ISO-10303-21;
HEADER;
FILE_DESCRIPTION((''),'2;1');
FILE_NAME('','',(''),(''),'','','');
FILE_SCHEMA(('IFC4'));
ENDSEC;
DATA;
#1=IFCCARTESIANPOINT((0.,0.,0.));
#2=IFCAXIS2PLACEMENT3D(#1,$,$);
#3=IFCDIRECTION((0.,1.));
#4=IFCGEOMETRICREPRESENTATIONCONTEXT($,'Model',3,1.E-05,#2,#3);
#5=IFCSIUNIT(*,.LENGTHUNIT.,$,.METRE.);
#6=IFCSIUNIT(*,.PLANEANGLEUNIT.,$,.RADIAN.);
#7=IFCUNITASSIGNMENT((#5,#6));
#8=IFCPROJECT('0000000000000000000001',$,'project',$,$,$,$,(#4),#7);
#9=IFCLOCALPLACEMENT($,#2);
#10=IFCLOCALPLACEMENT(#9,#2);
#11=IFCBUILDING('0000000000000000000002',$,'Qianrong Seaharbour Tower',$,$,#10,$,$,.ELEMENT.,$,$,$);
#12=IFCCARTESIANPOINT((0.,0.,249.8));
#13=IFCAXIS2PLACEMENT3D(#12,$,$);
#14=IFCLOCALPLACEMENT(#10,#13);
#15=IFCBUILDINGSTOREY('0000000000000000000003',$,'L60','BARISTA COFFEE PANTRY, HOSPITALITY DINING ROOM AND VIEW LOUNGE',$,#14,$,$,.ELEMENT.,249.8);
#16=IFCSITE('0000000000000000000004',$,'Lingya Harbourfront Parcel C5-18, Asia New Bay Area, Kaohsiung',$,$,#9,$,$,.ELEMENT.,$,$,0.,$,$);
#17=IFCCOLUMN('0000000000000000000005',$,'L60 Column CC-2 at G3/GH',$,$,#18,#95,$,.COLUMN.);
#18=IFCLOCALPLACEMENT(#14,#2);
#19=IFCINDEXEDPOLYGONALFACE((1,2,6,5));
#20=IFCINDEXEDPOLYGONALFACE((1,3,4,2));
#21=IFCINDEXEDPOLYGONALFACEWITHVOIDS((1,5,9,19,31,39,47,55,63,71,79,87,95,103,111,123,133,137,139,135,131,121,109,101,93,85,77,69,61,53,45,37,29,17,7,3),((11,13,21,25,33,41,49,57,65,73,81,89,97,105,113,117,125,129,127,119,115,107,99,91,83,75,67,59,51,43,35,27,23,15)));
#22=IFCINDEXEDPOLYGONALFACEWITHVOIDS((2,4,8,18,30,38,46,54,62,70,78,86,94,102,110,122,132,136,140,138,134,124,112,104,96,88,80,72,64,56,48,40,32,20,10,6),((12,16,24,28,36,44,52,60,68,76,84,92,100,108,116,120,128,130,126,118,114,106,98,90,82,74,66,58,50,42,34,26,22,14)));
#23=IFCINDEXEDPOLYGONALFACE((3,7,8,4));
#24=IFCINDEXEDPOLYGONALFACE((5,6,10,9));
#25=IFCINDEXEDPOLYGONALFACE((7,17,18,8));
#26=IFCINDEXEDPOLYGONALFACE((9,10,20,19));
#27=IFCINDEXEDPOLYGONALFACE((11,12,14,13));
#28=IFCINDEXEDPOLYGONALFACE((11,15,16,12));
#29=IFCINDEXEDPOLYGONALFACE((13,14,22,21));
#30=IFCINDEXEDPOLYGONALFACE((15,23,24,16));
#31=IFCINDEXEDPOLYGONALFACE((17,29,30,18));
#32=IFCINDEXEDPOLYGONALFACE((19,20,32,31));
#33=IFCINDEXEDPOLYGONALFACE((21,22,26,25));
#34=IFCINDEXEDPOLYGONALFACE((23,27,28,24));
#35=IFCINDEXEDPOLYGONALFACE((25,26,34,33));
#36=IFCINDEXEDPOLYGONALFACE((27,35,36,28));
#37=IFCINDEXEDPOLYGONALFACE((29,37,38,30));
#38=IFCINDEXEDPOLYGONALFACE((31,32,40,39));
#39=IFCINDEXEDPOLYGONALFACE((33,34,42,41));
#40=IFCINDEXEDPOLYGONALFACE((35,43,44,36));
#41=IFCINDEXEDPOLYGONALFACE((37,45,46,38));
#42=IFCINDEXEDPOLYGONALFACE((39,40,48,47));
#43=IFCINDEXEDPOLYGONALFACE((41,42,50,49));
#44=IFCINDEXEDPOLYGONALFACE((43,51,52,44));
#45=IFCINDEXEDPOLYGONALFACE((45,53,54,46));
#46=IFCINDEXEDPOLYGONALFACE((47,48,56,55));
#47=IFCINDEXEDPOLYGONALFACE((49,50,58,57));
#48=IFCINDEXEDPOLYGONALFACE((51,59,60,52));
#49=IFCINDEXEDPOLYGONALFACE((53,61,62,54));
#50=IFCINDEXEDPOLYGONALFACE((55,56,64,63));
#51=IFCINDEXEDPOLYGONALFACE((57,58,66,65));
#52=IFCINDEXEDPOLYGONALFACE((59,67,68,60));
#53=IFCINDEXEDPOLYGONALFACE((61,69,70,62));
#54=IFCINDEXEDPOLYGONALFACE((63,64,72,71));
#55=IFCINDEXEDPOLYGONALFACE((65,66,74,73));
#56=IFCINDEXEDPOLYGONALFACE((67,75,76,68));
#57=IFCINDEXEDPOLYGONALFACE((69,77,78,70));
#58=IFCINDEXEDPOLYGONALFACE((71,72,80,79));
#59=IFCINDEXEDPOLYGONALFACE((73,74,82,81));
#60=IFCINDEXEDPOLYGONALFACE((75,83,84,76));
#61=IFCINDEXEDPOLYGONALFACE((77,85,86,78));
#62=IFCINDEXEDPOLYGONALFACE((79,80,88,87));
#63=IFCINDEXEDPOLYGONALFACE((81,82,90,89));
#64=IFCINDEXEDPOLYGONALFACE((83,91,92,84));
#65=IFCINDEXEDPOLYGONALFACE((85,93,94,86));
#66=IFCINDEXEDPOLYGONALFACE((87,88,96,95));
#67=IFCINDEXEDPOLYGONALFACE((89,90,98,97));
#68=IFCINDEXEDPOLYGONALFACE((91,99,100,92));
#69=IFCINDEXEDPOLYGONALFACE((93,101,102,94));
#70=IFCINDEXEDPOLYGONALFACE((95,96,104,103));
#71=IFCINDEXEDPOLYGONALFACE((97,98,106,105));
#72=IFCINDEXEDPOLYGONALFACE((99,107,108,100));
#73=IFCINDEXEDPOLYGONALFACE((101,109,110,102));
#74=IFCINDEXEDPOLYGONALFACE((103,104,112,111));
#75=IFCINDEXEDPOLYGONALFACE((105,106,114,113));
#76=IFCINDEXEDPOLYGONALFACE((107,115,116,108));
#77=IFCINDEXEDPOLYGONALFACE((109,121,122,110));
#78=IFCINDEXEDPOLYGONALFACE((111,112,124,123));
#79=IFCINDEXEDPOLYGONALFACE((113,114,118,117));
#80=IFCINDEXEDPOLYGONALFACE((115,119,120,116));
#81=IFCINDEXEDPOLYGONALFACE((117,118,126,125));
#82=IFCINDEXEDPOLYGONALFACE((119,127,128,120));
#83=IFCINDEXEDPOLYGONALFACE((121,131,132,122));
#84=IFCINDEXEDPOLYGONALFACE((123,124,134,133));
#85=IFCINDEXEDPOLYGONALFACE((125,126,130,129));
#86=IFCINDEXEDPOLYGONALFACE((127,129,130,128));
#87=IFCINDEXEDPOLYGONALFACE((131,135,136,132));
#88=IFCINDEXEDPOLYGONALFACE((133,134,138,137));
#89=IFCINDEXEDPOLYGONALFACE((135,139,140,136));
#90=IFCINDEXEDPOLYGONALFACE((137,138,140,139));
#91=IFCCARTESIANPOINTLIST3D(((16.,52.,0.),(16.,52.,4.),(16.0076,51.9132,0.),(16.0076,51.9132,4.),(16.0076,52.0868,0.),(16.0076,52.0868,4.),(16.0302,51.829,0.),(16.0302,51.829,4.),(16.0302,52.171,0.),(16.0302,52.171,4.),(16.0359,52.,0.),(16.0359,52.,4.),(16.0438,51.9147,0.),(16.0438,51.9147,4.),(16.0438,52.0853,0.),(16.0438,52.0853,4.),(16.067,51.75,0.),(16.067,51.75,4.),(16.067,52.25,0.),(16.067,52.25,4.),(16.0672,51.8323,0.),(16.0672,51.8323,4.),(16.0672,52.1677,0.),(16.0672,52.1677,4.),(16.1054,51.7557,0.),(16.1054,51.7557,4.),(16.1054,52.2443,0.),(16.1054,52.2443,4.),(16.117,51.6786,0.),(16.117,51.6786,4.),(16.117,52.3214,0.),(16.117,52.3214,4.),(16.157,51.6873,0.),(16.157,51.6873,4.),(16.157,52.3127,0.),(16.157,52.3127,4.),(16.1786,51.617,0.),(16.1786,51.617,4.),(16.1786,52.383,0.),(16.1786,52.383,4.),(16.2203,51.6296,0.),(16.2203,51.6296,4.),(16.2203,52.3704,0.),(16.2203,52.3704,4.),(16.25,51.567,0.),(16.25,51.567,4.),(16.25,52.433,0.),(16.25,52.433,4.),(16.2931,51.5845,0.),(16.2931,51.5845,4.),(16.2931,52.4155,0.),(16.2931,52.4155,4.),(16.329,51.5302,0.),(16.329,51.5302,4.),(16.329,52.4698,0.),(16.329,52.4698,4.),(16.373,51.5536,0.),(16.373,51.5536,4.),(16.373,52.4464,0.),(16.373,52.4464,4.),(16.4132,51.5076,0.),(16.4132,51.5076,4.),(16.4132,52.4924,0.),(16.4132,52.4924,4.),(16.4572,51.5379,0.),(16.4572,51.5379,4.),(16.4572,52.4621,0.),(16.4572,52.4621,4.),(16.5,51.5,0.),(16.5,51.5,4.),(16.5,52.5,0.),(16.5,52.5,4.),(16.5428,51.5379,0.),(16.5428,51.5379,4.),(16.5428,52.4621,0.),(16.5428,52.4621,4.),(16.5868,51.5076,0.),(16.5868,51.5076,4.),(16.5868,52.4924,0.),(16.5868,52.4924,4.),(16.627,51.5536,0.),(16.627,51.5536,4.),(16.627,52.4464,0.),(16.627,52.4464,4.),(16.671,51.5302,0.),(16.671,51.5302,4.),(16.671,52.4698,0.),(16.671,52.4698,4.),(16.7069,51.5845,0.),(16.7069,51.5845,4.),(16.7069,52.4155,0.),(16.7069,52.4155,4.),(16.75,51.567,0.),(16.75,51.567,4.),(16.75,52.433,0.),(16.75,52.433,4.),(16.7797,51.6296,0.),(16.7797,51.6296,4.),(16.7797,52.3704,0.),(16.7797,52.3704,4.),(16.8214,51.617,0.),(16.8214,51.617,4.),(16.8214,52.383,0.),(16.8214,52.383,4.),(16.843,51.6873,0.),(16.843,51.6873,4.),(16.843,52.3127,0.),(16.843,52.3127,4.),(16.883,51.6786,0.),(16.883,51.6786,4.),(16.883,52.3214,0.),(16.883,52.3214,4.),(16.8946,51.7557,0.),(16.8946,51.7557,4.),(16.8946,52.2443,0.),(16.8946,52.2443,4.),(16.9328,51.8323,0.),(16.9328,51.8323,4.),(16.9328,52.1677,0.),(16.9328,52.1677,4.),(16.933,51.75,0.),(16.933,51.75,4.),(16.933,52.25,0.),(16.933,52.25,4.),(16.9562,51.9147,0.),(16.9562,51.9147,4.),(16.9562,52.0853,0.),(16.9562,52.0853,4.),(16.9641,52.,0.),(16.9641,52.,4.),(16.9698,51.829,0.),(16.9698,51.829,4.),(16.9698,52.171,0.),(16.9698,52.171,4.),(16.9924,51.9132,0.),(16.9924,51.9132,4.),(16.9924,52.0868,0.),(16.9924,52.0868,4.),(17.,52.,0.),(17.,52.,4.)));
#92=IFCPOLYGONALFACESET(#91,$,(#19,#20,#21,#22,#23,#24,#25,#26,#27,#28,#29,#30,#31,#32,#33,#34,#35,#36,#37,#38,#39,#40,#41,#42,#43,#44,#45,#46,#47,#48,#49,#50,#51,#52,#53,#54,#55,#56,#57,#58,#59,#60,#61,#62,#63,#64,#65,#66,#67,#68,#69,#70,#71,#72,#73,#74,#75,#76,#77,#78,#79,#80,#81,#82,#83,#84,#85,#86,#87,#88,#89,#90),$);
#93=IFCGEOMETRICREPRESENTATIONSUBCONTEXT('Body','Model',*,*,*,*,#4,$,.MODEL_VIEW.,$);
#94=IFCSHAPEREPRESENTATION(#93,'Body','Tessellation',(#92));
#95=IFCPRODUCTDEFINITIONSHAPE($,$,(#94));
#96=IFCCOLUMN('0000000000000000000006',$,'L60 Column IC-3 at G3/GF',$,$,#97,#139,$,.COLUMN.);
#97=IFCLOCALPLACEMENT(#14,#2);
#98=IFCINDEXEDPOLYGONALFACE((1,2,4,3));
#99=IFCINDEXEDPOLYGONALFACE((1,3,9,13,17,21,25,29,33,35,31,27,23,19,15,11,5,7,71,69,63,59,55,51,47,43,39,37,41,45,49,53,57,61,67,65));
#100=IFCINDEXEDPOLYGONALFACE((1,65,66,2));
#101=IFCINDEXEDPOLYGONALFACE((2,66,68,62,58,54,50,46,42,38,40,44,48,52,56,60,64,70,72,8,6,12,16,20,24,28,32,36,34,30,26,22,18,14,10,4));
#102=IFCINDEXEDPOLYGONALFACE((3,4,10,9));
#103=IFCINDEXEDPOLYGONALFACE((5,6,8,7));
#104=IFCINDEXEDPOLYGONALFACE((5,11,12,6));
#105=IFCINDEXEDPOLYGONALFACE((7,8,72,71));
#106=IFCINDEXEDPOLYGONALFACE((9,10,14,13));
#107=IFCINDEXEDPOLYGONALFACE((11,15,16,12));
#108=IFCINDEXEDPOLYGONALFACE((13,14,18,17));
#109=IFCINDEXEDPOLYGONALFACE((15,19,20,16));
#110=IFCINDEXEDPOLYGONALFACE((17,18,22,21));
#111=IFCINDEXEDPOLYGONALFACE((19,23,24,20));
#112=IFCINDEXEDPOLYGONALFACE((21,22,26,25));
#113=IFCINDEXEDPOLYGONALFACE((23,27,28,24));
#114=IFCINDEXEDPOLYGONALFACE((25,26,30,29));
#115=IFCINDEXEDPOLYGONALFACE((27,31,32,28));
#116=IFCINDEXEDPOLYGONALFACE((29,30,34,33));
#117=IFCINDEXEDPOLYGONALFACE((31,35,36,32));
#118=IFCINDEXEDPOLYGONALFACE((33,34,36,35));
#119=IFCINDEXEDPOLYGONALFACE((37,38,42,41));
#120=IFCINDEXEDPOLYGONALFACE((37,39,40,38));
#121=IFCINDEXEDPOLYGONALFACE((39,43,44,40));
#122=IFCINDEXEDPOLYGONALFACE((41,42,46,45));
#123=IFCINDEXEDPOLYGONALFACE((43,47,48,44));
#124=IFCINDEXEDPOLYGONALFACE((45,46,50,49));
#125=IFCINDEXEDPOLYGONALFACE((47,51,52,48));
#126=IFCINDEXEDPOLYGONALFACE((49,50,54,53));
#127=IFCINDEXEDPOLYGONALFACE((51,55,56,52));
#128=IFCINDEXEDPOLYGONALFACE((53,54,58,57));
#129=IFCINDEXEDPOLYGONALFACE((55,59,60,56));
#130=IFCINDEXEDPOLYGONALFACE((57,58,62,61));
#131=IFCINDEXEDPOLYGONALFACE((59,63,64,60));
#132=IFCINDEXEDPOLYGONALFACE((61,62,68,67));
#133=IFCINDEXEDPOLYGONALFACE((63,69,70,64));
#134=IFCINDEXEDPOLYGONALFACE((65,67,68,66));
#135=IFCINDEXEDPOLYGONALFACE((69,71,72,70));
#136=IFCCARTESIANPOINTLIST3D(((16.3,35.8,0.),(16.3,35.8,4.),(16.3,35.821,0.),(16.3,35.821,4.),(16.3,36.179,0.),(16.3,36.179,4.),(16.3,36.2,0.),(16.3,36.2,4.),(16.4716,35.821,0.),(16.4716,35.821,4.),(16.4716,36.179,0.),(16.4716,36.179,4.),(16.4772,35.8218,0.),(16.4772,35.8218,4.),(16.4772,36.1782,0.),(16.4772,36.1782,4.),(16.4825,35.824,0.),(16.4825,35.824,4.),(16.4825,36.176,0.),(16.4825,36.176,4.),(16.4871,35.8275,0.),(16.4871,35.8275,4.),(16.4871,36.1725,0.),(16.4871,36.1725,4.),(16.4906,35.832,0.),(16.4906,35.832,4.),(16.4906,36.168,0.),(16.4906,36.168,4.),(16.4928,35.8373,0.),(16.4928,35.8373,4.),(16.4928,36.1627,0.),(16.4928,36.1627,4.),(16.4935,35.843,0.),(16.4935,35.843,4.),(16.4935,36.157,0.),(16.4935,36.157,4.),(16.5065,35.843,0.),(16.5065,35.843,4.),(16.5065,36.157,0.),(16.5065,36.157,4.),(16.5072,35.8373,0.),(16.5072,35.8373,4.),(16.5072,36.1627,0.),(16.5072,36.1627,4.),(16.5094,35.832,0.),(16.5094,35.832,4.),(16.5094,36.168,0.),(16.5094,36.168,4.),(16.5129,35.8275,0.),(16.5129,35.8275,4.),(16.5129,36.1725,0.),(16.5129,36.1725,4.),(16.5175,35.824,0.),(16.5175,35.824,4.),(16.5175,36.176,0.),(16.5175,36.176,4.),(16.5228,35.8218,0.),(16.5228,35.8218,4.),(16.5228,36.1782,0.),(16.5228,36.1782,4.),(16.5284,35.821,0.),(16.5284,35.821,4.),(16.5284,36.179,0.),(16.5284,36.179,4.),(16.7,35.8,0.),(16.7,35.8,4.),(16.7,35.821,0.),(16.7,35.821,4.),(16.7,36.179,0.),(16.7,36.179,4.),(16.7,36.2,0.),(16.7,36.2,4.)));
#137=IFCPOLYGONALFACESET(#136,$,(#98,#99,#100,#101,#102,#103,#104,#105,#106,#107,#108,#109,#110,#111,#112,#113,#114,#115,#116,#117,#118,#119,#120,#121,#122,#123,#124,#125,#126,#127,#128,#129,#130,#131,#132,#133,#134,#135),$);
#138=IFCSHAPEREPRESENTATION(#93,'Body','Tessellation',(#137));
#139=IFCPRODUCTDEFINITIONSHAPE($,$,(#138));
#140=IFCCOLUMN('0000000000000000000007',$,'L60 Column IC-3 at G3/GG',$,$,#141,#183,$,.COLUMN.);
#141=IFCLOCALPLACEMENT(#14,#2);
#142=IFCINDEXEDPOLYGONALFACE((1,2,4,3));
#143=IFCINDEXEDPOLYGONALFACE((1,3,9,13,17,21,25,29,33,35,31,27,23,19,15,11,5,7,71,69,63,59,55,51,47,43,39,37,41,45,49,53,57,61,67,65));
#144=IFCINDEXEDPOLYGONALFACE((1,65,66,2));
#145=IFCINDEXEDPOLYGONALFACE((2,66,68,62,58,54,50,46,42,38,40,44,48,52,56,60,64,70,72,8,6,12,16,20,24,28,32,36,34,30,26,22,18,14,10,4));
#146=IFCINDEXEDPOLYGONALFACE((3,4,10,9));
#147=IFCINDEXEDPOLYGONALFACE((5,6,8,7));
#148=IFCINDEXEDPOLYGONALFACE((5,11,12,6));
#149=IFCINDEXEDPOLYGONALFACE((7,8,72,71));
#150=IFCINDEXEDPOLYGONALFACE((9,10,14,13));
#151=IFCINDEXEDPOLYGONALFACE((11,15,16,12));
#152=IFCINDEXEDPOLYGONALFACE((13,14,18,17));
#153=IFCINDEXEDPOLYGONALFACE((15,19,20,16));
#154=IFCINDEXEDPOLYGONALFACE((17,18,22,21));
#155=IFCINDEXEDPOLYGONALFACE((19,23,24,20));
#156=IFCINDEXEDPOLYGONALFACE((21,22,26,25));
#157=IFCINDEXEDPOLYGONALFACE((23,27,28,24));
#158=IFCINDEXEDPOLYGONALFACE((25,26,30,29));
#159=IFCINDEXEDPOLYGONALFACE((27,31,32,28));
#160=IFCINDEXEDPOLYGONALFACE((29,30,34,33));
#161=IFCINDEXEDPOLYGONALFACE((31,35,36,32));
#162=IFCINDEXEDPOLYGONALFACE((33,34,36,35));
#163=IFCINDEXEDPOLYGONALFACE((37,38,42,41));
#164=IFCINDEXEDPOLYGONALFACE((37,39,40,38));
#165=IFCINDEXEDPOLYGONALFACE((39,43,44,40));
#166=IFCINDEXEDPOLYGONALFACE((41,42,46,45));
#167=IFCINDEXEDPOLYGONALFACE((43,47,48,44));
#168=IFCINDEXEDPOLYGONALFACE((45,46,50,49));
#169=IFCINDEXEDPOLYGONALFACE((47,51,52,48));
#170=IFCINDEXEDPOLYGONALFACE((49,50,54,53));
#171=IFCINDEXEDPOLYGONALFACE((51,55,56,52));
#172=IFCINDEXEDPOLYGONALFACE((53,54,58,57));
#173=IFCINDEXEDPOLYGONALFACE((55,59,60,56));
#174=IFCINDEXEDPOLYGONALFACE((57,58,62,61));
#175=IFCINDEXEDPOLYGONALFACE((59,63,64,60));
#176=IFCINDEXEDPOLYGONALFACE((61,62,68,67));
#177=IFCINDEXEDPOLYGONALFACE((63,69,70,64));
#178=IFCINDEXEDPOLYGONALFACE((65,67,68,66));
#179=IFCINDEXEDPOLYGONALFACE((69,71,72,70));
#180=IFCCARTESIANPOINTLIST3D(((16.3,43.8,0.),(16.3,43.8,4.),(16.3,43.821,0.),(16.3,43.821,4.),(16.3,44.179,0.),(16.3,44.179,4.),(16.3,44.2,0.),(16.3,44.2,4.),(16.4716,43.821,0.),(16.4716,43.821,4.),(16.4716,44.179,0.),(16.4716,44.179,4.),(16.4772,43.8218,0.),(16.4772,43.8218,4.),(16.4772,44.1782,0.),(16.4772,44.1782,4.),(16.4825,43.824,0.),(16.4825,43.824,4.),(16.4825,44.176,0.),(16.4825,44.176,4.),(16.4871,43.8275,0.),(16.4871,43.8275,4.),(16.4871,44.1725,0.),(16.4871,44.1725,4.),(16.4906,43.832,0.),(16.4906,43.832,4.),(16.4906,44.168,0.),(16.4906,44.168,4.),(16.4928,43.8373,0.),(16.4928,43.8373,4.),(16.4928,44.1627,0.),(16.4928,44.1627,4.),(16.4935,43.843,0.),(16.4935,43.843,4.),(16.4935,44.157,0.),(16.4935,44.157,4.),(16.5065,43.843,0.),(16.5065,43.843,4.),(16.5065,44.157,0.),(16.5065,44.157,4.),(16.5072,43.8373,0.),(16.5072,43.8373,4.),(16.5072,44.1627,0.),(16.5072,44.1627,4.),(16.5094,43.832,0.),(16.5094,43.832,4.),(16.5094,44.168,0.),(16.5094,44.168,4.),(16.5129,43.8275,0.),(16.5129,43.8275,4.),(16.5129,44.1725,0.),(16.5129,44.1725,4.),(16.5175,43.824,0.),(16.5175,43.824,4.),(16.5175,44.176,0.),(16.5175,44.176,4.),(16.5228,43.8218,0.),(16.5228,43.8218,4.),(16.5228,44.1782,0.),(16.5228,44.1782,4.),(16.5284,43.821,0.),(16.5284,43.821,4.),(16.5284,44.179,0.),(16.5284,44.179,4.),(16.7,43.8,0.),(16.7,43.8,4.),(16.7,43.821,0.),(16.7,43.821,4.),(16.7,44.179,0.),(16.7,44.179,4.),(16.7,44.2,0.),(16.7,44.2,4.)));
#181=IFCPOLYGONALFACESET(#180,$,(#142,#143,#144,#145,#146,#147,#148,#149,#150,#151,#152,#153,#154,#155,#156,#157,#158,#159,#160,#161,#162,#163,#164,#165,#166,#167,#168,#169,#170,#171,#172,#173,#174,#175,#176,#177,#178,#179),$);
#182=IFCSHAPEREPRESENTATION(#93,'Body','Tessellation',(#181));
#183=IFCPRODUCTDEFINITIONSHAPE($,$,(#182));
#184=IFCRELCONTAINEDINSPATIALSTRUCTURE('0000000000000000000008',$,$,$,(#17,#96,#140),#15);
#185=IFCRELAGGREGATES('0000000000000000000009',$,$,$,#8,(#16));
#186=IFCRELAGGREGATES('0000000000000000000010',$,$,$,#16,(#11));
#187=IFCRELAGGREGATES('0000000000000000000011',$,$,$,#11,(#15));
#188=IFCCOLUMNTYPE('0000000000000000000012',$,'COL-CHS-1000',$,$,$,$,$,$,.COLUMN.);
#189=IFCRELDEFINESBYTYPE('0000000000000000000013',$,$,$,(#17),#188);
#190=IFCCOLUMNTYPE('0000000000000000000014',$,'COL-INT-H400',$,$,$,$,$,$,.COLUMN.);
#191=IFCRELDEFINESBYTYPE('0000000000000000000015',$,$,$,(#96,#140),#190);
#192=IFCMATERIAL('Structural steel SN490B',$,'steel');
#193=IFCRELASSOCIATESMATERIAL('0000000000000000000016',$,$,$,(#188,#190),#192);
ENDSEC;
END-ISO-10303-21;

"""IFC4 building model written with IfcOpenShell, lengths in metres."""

from ifc_helpers import new_model, si_unit, direction, frame, origin, origin_2d, place, context, subcontext, project, spatial, hollow_circle, i_section, extrude, material, material_profile, profile_set, type_object, element, save


model = new_model("IFC4")

# Units and contexts
model_context = context("Model", 3, precision=1e-05, world=origin(), true_north=direction((0.0, 1.0)))
body_context = subcontext(model_context, "Body", "Model", "MODEL_VIEW")
ifc_project = project(units=[si_unit("LENGTHUNIT", "METRE"), si_unit("PLANEANGLEUNIT", "RADIAN")], contexts=[model_context])

# Site, building, storey
site_placement = place(None, origin())
site = spatial("IfcSite", under=ifc_project, at=site_placement, Name="Lingya Harbourfront Parcel C5-18, Asia New Bay Area, Kaohsiung", CompositionType="ELEMENT", RefElevation=0.0)
building_placement = place(site_placement, origin())
building = spatial("IfcBuilding", under=site, at=building_placement, Name="Qianrong Seaharbour Tower", CompositionType="ELEMENT")
storey_placement = place(building_placement, frame((0.0, 0.0, 249.8)))
storey = spatial("IfcBuildingStorey", under=building, at=storey_placement, Name="L60", Description="BARISTA COFFEE PANTRY, HOSPITALITY DINING ROOM AND VIEW LOUNGE", CompositionType="ELEMENT", Elevation=249.8)

# Columns
ifc_material_1 = material(Name="Structural steel SN490B", Category="steel")
ifc_material_profile_1 = material_profile(ifc_material_1, hollow_circle(Radius=0.5, WallThickness=0.0359, at=origin_2d()), Name="CHS1000x36")
ifc_profile_set_1 = profile_set([ifc_material_profile_1], Name="Structural steel SN490B")
column_type_1 = type_object("IfcColumnType", Name="COL-CHS-1000", PredefinedType="COLUMN", material=ifc_profile_set_1)
column_placement = place(storey_placement, frame((16.5, 52.0, 0.0), z_axis=(0.0, 0.0, 1.0), x_axis=(1.0, 0.0, 0.0)))
element("IfcColumn", 1, at=column_placement, inside=storey, type_object=column_type_1, Name="L60 Column CC-2 at G3/GH", PredefinedType="COLUMN", context=body_context, shape_type="SweptSolid", body=[
    extrude(hollow_circle(Radius=0.5, WallThickness=0.0359, at=origin_2d()), origin(), (0.0, 0.0, 1.0), 4.0),
])
ifc_material_profile_2 = material_profile(ifc_material_1, i_section(OverallWidth=0.3999, OverallDepth=0.3999, WebThickness=0.0129, FlangeThickness=0.021, FilletRadius=0.022, at=origin_2d()), Name="H400x400x13x21")
ifc_profile_set_2 = profile_set([ifc_material_profile_2], Name="Structural steel SN490B")
column_type_2 = type_object("IfcColumnType", Name="COL-INT-H400", PredefinedType="COLUMN", material=ifc_profile_set_2)
for number, where, z_axis, x_axis, name in (
    (2, (16.5, 36.0, 0.0), (0.0, 0.0, 1.0), (1.0, 0.0, 0.0), "L60 Column IC-3 at G3/GF"),
    (3, (16.5, 44.0, 0.0), (0.0, 0.0, 1.0), (1.0, 0.0, 0.0), "L60 Column IC-3 at G3/GG"),
):
    element("IfcColumn", number, at=place(storey_placement, frame(where, z_axis=z_axis, x_axis=x_axis)), inside=storey, type_object=column_type_2, Name=name, PredefinedType="COLUMN", context=body_context, shape_type="SweptSolid", body=[
        extrude(i_section(OverallWidth=0.3999, OverallDepth=0.3999, WebThickness=0.0129, FlangeThickness=0.021, FilletRadius=0.022, at=origin_2d()), origin(), (0.0, 0.0, 1.0), 4.0),
    ])

save(model, "model.ifc")
